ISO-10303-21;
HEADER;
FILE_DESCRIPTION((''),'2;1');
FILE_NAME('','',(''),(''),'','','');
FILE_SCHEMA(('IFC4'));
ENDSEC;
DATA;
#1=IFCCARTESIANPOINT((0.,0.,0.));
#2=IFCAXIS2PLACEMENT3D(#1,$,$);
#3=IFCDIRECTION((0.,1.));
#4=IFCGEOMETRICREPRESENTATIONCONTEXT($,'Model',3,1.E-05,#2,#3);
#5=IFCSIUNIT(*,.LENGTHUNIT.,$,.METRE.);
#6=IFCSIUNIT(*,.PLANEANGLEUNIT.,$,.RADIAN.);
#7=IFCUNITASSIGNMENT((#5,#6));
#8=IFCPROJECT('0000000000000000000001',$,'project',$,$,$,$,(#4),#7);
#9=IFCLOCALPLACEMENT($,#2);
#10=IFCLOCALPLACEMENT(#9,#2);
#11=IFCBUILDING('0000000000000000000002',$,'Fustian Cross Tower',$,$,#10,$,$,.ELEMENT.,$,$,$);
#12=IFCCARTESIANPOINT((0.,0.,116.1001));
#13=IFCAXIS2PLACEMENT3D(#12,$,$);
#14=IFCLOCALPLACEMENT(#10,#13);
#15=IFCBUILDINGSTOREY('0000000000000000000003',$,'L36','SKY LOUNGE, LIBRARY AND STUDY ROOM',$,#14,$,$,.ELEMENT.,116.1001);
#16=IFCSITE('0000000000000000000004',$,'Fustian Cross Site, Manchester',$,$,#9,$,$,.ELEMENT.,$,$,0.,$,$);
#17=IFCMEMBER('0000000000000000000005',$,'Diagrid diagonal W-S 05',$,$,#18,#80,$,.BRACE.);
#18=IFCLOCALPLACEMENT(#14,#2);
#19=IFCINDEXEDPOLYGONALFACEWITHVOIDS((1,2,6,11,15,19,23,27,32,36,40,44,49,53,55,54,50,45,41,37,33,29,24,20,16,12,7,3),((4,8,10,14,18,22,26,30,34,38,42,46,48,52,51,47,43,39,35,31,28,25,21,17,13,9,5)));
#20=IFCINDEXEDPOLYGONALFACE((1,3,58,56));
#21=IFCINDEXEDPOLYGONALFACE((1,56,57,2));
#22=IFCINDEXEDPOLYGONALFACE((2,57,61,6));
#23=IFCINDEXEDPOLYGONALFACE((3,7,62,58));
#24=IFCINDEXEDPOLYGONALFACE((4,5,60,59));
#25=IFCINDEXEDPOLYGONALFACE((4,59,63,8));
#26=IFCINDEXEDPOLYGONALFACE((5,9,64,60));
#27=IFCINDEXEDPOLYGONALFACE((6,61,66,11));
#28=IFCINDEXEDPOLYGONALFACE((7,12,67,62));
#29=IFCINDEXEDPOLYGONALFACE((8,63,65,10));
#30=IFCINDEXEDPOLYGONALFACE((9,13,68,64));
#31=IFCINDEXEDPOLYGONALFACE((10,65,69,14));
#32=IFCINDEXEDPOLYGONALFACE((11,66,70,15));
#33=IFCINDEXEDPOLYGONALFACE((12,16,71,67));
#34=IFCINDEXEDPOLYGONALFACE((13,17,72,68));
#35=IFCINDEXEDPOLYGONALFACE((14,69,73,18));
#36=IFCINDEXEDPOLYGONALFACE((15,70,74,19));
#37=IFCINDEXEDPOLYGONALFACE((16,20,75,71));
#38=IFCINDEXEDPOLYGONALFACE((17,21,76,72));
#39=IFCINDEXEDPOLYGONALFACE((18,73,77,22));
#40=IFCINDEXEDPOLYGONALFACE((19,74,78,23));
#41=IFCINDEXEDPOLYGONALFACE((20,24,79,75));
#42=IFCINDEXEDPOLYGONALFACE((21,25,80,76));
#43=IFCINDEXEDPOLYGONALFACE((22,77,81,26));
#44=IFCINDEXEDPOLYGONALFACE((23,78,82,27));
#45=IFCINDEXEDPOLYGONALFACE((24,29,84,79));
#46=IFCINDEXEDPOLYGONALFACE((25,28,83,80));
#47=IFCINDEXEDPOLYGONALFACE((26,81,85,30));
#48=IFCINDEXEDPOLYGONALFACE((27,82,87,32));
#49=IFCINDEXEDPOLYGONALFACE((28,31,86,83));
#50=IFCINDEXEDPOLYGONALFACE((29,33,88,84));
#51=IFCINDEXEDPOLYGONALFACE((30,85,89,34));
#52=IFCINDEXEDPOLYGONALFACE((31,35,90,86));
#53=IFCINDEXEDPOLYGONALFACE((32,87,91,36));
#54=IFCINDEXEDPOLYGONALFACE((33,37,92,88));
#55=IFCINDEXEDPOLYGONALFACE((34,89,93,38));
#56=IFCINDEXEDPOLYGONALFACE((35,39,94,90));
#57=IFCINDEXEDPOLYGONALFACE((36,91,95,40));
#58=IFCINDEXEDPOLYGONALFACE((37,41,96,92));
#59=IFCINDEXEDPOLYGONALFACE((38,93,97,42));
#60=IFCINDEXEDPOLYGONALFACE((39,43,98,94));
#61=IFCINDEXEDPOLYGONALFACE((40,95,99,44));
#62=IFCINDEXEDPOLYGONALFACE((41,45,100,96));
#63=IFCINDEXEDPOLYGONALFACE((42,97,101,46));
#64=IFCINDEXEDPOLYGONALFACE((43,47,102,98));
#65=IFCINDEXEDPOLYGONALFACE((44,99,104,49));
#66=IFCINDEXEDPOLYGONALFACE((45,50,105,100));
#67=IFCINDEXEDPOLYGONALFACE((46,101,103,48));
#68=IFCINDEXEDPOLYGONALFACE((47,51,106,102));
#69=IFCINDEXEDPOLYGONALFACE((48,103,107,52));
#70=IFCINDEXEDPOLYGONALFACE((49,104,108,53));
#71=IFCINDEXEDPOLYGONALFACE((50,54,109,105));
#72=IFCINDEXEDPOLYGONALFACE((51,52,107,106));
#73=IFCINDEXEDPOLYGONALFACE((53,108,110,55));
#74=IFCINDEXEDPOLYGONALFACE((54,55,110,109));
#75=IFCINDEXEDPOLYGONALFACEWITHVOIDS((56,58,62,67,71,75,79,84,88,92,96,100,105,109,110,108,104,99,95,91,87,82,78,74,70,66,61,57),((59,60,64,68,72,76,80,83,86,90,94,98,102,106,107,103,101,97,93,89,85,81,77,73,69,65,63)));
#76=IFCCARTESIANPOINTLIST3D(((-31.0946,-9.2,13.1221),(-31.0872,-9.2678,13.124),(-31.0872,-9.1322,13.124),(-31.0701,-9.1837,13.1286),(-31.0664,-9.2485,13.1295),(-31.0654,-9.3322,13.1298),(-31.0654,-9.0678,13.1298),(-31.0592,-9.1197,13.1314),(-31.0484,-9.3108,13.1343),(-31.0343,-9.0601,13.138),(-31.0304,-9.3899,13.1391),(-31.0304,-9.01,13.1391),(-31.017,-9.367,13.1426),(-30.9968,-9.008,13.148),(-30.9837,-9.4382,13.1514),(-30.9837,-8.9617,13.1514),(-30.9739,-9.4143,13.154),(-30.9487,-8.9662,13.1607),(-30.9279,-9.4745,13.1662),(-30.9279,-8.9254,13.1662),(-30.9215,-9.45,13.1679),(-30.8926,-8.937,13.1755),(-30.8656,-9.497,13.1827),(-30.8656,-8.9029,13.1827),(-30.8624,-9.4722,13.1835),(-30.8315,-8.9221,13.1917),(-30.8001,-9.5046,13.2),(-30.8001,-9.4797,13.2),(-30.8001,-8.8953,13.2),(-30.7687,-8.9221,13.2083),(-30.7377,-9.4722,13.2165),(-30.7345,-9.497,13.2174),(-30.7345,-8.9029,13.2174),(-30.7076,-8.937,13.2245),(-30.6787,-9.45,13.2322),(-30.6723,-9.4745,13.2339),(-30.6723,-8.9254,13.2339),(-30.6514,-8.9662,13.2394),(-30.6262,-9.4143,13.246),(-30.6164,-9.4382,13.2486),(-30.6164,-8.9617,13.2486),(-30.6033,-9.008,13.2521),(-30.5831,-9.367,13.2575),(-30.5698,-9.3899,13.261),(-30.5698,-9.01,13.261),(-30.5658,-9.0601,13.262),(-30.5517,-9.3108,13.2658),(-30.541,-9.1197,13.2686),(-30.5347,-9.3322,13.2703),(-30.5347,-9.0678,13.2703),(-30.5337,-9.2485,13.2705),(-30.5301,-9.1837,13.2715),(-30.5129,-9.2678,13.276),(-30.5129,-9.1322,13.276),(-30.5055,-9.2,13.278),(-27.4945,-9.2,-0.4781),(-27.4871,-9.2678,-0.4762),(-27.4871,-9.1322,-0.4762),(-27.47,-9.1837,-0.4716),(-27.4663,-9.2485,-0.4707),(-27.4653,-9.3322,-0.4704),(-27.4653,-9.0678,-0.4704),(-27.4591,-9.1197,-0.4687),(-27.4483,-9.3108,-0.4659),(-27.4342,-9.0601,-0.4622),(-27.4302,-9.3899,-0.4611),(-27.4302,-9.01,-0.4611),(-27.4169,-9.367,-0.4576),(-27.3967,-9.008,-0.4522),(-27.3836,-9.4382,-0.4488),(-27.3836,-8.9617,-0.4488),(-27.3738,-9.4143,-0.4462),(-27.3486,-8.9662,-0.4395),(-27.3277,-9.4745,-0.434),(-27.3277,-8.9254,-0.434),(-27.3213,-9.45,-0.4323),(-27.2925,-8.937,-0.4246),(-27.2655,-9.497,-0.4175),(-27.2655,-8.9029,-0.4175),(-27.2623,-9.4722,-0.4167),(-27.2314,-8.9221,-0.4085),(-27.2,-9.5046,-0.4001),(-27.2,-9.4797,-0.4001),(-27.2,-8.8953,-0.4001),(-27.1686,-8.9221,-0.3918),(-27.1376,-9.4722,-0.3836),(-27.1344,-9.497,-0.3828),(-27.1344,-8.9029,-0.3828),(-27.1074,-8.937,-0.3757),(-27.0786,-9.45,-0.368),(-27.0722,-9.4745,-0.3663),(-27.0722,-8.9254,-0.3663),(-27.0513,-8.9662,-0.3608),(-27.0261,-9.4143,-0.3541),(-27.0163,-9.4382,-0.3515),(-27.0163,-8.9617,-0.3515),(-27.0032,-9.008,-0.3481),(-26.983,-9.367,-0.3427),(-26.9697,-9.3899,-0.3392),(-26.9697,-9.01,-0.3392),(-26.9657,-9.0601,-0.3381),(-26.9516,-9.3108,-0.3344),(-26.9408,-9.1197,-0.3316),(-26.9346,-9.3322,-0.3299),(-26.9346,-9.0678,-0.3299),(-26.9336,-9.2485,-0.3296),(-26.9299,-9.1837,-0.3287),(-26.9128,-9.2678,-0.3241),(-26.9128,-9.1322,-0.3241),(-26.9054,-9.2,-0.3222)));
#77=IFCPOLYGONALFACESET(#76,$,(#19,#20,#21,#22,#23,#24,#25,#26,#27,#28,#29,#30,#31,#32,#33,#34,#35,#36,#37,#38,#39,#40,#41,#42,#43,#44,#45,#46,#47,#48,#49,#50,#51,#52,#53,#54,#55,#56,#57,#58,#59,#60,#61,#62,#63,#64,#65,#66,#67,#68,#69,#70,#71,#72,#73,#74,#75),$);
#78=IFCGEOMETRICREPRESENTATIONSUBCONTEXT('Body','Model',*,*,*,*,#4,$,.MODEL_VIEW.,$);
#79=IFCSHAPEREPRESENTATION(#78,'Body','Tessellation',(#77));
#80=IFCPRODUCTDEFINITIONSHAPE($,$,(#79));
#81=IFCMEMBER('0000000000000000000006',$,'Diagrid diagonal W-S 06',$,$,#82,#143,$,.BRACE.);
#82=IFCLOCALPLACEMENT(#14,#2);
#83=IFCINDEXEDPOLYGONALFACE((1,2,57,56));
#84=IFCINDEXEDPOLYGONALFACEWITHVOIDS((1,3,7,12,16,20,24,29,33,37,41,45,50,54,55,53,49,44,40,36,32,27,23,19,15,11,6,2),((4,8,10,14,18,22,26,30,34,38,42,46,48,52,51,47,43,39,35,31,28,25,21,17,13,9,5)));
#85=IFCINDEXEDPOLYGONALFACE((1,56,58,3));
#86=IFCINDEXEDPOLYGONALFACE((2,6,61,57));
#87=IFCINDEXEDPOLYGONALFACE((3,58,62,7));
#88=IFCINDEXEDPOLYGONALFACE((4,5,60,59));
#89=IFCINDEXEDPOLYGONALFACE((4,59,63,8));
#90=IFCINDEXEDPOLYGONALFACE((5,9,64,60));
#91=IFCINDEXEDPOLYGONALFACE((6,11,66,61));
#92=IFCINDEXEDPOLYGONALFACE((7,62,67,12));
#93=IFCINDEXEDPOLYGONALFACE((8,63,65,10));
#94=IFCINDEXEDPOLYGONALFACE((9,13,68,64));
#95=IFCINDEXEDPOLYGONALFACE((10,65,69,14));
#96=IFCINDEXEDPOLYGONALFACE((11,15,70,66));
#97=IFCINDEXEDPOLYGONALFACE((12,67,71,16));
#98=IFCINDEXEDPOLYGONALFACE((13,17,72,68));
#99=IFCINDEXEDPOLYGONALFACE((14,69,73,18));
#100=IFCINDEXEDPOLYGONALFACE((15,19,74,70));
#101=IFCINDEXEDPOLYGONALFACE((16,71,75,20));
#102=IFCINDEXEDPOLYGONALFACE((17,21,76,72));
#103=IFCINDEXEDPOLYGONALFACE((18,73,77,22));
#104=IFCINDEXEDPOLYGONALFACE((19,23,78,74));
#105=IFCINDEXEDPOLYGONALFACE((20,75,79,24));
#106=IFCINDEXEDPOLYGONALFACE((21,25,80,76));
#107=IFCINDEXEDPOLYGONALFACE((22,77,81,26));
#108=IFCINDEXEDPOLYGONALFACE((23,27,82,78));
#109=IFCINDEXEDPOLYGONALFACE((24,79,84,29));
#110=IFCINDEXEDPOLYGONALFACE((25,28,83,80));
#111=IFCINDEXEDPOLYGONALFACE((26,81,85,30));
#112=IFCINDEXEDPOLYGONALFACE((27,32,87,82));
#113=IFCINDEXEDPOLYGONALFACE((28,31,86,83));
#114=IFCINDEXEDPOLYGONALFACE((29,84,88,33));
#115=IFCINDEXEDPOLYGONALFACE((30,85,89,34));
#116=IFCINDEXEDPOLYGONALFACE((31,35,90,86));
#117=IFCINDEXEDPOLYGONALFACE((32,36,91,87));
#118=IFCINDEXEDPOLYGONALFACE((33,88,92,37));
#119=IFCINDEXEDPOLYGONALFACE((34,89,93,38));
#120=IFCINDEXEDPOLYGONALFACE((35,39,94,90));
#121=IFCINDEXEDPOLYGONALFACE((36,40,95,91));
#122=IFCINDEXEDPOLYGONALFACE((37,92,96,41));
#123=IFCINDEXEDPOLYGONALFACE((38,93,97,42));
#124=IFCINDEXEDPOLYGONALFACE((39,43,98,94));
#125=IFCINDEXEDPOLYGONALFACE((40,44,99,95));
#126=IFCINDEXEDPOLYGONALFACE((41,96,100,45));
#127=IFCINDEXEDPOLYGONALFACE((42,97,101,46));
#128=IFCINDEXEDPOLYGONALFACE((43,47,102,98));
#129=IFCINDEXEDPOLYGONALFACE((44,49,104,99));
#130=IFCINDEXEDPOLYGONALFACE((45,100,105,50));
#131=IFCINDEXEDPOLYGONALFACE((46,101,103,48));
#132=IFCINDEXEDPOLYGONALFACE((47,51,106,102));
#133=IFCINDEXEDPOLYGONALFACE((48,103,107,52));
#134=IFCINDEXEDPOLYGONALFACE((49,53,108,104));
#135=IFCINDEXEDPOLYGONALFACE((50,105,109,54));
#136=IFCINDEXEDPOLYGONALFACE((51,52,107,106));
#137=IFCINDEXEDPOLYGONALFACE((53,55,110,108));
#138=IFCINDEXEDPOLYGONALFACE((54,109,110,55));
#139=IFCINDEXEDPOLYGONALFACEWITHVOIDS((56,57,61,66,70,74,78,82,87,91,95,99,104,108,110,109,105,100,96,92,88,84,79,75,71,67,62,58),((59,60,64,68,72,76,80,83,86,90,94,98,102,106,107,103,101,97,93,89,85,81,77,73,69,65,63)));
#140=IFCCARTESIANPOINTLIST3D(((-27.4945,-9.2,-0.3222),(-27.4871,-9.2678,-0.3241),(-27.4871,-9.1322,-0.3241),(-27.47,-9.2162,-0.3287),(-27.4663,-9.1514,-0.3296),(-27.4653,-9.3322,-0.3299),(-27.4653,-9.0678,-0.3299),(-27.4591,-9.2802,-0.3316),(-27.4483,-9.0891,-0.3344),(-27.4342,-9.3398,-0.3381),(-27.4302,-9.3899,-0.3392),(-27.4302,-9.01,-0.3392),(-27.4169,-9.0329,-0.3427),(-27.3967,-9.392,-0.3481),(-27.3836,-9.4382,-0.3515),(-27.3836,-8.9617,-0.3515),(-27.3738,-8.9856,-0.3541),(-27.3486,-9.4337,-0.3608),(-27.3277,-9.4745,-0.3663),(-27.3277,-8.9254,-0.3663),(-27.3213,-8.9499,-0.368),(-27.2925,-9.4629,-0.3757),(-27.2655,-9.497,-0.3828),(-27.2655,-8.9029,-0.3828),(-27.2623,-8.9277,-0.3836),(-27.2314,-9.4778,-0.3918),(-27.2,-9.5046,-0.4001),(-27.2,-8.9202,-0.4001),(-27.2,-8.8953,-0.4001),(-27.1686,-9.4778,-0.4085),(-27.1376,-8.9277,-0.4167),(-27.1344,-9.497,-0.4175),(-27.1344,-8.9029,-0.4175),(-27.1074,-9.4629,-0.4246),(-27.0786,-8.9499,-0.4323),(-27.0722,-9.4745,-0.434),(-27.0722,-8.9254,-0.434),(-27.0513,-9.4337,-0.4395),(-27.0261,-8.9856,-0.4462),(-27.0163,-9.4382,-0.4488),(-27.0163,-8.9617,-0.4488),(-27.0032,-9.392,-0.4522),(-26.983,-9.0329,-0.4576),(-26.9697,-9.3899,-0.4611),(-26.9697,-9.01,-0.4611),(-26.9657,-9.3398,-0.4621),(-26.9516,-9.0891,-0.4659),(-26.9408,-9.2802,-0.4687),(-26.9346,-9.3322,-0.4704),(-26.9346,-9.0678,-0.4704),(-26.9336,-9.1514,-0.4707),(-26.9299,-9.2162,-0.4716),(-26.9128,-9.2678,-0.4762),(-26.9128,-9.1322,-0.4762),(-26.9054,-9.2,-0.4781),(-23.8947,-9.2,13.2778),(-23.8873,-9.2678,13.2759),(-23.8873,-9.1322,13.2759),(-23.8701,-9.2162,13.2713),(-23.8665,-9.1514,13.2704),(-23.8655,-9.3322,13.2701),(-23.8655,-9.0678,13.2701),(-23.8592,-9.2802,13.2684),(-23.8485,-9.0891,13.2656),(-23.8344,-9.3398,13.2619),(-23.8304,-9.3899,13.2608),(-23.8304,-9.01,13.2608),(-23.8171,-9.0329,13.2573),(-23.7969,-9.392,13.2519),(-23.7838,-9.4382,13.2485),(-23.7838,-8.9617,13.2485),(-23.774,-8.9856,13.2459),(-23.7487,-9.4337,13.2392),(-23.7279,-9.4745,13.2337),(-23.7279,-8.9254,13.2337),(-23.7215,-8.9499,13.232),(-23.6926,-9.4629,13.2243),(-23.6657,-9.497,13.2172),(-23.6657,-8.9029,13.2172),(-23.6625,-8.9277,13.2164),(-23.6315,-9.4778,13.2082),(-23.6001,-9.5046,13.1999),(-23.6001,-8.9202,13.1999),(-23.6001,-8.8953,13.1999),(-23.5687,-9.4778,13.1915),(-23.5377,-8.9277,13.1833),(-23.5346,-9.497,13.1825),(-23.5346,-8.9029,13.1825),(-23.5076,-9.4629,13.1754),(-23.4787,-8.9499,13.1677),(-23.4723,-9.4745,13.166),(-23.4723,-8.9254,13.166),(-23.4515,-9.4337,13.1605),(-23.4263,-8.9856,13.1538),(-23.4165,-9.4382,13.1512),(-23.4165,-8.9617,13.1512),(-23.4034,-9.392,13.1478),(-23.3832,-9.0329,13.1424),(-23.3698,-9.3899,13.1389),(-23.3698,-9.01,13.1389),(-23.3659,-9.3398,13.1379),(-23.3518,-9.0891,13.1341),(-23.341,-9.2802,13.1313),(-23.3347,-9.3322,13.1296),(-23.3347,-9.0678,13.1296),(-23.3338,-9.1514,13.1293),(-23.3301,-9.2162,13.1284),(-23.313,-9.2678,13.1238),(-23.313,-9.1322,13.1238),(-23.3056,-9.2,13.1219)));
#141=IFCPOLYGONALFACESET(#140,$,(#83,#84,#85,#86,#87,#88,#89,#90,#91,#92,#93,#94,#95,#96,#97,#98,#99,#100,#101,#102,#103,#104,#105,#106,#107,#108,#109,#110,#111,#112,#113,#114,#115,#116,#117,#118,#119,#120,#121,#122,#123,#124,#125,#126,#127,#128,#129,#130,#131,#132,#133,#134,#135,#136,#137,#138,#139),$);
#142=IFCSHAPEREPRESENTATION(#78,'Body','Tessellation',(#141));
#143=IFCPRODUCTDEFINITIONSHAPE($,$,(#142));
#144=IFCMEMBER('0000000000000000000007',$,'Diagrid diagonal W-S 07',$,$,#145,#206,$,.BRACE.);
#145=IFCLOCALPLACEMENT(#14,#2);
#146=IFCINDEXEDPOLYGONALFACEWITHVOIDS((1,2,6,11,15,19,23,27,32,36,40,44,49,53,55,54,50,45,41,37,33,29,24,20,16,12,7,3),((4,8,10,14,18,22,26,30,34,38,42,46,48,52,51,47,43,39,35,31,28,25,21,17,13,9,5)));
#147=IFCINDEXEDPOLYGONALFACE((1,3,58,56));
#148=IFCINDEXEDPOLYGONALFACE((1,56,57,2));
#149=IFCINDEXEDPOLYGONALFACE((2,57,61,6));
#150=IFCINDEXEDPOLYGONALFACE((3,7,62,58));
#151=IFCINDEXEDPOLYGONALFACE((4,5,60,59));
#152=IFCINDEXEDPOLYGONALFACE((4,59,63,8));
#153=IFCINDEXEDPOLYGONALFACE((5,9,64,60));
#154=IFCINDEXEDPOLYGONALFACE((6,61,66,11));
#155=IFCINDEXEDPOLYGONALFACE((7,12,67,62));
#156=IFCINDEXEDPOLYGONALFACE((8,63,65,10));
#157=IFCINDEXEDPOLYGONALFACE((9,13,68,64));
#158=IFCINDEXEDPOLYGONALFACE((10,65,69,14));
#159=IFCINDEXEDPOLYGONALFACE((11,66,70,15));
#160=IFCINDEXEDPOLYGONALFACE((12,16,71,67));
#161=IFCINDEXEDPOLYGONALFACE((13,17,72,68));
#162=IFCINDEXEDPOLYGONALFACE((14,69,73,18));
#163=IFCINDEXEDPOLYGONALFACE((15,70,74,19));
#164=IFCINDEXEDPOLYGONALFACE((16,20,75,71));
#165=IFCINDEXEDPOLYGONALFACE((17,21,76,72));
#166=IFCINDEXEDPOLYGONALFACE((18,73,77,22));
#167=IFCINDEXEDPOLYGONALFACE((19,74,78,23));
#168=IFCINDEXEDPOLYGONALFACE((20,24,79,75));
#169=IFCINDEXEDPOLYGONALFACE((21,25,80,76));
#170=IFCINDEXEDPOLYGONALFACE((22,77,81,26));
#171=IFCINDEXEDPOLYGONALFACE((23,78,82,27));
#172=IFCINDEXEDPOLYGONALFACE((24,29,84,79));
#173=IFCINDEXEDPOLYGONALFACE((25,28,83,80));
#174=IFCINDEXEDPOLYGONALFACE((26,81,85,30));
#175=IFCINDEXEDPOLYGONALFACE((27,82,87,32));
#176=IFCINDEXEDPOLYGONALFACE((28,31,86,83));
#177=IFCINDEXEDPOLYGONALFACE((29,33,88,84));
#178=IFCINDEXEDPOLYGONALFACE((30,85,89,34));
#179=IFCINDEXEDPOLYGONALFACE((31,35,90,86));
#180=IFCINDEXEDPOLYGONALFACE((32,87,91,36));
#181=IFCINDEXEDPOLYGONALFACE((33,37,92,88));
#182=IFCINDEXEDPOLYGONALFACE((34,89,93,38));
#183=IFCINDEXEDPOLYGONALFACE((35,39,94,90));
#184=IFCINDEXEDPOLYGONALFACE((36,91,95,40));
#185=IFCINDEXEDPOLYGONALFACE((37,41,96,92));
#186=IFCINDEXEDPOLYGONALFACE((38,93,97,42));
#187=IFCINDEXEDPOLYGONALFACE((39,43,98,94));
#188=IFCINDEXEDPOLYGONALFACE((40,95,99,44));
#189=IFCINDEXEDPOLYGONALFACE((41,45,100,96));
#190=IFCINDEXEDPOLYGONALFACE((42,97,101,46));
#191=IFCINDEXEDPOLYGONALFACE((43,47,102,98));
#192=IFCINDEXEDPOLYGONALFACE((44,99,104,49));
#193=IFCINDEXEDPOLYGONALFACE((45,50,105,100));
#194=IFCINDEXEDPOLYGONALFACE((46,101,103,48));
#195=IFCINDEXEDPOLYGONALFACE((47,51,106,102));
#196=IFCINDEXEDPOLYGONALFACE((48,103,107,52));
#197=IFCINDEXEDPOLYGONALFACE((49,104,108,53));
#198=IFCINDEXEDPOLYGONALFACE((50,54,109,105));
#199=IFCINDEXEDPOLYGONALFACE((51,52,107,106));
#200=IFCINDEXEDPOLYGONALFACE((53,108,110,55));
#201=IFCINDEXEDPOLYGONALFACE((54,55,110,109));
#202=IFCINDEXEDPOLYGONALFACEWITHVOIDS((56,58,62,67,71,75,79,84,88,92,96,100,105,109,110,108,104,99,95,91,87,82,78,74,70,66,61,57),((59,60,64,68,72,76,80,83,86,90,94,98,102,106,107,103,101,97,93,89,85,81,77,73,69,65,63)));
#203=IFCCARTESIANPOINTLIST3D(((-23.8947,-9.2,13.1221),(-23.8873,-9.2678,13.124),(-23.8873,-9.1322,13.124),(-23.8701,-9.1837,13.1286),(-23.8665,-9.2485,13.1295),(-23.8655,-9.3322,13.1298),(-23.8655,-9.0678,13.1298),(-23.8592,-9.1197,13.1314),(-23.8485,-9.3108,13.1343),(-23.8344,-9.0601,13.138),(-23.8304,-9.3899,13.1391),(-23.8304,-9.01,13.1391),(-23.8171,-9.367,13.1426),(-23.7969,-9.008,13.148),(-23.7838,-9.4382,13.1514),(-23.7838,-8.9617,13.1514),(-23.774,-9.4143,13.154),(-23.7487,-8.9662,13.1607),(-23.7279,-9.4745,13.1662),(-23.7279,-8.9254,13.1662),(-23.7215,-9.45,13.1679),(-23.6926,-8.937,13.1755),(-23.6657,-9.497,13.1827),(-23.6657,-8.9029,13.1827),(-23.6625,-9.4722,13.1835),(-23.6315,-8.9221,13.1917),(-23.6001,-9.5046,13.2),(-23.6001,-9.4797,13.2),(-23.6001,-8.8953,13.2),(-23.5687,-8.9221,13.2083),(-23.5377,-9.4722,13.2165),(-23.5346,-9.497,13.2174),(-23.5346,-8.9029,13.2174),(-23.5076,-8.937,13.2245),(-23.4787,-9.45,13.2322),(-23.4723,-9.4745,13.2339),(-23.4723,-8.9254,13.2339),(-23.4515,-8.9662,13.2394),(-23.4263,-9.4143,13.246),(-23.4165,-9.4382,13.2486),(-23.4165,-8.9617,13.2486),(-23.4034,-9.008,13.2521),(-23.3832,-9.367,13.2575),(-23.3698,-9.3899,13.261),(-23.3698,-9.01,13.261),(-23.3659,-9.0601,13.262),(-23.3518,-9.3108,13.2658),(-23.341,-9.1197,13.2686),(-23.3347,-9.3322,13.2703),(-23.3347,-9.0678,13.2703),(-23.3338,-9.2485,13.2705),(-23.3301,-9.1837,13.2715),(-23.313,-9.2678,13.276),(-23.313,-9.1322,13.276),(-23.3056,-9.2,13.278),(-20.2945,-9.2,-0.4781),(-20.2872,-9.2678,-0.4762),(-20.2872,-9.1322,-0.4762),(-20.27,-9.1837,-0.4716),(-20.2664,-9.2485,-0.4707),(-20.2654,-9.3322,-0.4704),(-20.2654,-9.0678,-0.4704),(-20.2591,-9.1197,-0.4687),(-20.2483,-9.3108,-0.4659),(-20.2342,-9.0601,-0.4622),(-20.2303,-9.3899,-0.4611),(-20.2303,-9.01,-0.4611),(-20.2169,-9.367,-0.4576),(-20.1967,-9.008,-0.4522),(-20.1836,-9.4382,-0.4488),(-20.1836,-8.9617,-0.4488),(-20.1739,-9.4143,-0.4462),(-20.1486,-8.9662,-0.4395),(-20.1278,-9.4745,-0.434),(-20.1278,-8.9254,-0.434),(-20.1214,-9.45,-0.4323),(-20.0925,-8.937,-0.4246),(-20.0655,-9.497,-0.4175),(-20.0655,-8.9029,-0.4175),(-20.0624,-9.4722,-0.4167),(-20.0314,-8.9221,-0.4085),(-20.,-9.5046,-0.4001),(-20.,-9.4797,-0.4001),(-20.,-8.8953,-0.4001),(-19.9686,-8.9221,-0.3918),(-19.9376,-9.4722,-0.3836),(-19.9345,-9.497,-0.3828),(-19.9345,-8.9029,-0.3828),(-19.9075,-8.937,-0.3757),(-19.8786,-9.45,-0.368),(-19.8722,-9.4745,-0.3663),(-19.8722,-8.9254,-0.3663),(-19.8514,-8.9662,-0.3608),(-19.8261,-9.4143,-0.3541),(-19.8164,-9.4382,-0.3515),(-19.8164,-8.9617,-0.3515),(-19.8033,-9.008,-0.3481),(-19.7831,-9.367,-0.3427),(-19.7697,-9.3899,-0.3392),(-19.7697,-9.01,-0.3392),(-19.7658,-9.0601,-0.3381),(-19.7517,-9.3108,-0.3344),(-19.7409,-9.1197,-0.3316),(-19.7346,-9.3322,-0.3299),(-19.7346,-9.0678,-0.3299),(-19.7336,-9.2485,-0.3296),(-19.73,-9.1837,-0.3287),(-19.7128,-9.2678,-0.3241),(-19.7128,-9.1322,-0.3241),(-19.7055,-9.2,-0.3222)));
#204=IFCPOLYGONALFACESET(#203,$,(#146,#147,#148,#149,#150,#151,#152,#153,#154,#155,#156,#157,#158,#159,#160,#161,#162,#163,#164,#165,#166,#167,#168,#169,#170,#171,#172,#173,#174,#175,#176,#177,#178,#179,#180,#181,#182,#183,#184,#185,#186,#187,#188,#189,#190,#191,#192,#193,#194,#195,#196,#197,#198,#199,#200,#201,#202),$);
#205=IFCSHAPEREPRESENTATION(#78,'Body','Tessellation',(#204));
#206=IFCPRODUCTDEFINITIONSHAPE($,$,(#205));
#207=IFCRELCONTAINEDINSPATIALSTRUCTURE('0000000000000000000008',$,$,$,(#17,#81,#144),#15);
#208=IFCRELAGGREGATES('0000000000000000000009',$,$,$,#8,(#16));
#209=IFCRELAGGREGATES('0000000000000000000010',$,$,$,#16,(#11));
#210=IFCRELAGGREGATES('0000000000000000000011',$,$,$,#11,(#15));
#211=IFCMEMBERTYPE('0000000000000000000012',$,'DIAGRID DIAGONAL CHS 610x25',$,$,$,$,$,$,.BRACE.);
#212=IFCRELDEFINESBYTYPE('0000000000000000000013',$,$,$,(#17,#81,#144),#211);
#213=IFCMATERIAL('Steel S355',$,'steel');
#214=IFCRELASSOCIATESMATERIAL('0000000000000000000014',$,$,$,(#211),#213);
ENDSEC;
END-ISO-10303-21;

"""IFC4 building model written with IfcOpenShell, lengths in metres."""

from ifc_helpers import new_model, si_unit, direction, frame, origin, origin_2d, place, context, subcontext, project, spatial, hollow_circle, extrude, material, material_profile, profile_set, type_object, element, save


model = new_model("IFC4")

# Units and contexts
model_context = context("Model", 3, precision=1e-05, world=origin(), true_north=direction((0.0, 1.0)))
body_context = subcontext(model_context, "Body", "Model", "MODEL_VIEW")
ifc_project = project(units=[si_unit("LENGTHUNIT", "METRE"), si_unit("PLANEANGLEUNIT", "RADIAN")], contexts=[model_context])

# Site, building, storey
site_placement = place(None, origin())
site = spatial("IfcSite", under=ifc_project, at=site_placement, Name="Fustian Cross Site, Manchester", CompositionType="ELEMENT", RefElevation=0.0)
building_placement = place(site_placement, origin())
building = spatial("IfcBuilding", under=site, at=building_placement, Name="Fustian Cross Tower", CompositionType="ELEMENT")
storey_placement = place(building_placement, frame((0.0, 0.0, 116.1001)))
storey = spatial("IfcBuildingStorey", under=building, at=storey_placement, Name="L36", Description="SKY LOUNGE, LIBRARY AND STUDY ROOM", CompositionType="ELEMENT", Elevation=116.1001)

# Members
ifc_material_1 = material(Name="Steel S355", Category="steel")
ifc_material_profile_1 = material_profile(ifc_material_1, hollow_circle(Radius=0.3047, WallThickness=0.0249, at=origin_2d()), Name="CHS 610x25")
ifc_profile_set_1 = profile_set([ifc_material_profile_1], Name="Steel S355")
member_type_1 = type_object("IfcMemberType", Name="DIAGRID DIAGONAL CHS 610x25", PredefinedType="BRACE", material=ifc_profile_set_1)
member_1_placement = place(storey_placement, frame((-27.2, -9.2, -0.4001), z_axis=(-0.255897, 0.0, 0.966704), x_axis=(0.0, -1.0, 0.0)))
element("IfcMember", 1, at=member_1_placement, inside=storey, type_object=member_type_1, Name="Diagrid diagonal W-S 05", PredefinedType="BRACE", context=body_context, shape_type="SweptSolid", body=[
    extrude(hollow_circle(Radius=0.3047, WallThickness=0.0249, at=origin_2d()), origin(), (0.0, 0.0, 1.0), 14.0686),
])
member_2_placement = place(storey_placement, frame((-27.2, -9.2, -0.4001), z_axis=(0.255881, 0.0, 0.966708), x_axis=(0.0, 1.0, 0.0)))
element("IfcMember", 2, at=member_2_placement, inside=storey, type_object=member_type_1, Name="Diagrid diagonal W-S 06", PredefinedType="BRACE", context=body_context, shape_type="SweptSolid", body=[
    extrude(hollow_circle(Radius=0.3047, WallThickness=0.0249, at=origin_2d()), origin(), (0.0, 0.0, 1.0), 14.0684),
])
for number, where, z_axis, x_axis, name in (
    (3, (-20.0, -9.2, -0.4001), (-0.255897, 0.0, 0.966704), (0.0, -1.0, 0.0), "Diagrid diagonal W-S 07"),
):
    element("IfcMember", number, at=place(storey_placement, frame(where, z_axis=z_axis, x_axis=x_axis)), inside=storey, type_object=member_type_1, Name=name, PredefinedType="BRACE", context=body_context, shape_type="SweptSolid", body=[
        extrude(hollow_circle(Radius=0.3047, WallThickness=0.0249, at=origin_2d()), origin(), (0.0, 0.0, 1.0), 14.0686),
    ])

save(model, "model.ifc")
